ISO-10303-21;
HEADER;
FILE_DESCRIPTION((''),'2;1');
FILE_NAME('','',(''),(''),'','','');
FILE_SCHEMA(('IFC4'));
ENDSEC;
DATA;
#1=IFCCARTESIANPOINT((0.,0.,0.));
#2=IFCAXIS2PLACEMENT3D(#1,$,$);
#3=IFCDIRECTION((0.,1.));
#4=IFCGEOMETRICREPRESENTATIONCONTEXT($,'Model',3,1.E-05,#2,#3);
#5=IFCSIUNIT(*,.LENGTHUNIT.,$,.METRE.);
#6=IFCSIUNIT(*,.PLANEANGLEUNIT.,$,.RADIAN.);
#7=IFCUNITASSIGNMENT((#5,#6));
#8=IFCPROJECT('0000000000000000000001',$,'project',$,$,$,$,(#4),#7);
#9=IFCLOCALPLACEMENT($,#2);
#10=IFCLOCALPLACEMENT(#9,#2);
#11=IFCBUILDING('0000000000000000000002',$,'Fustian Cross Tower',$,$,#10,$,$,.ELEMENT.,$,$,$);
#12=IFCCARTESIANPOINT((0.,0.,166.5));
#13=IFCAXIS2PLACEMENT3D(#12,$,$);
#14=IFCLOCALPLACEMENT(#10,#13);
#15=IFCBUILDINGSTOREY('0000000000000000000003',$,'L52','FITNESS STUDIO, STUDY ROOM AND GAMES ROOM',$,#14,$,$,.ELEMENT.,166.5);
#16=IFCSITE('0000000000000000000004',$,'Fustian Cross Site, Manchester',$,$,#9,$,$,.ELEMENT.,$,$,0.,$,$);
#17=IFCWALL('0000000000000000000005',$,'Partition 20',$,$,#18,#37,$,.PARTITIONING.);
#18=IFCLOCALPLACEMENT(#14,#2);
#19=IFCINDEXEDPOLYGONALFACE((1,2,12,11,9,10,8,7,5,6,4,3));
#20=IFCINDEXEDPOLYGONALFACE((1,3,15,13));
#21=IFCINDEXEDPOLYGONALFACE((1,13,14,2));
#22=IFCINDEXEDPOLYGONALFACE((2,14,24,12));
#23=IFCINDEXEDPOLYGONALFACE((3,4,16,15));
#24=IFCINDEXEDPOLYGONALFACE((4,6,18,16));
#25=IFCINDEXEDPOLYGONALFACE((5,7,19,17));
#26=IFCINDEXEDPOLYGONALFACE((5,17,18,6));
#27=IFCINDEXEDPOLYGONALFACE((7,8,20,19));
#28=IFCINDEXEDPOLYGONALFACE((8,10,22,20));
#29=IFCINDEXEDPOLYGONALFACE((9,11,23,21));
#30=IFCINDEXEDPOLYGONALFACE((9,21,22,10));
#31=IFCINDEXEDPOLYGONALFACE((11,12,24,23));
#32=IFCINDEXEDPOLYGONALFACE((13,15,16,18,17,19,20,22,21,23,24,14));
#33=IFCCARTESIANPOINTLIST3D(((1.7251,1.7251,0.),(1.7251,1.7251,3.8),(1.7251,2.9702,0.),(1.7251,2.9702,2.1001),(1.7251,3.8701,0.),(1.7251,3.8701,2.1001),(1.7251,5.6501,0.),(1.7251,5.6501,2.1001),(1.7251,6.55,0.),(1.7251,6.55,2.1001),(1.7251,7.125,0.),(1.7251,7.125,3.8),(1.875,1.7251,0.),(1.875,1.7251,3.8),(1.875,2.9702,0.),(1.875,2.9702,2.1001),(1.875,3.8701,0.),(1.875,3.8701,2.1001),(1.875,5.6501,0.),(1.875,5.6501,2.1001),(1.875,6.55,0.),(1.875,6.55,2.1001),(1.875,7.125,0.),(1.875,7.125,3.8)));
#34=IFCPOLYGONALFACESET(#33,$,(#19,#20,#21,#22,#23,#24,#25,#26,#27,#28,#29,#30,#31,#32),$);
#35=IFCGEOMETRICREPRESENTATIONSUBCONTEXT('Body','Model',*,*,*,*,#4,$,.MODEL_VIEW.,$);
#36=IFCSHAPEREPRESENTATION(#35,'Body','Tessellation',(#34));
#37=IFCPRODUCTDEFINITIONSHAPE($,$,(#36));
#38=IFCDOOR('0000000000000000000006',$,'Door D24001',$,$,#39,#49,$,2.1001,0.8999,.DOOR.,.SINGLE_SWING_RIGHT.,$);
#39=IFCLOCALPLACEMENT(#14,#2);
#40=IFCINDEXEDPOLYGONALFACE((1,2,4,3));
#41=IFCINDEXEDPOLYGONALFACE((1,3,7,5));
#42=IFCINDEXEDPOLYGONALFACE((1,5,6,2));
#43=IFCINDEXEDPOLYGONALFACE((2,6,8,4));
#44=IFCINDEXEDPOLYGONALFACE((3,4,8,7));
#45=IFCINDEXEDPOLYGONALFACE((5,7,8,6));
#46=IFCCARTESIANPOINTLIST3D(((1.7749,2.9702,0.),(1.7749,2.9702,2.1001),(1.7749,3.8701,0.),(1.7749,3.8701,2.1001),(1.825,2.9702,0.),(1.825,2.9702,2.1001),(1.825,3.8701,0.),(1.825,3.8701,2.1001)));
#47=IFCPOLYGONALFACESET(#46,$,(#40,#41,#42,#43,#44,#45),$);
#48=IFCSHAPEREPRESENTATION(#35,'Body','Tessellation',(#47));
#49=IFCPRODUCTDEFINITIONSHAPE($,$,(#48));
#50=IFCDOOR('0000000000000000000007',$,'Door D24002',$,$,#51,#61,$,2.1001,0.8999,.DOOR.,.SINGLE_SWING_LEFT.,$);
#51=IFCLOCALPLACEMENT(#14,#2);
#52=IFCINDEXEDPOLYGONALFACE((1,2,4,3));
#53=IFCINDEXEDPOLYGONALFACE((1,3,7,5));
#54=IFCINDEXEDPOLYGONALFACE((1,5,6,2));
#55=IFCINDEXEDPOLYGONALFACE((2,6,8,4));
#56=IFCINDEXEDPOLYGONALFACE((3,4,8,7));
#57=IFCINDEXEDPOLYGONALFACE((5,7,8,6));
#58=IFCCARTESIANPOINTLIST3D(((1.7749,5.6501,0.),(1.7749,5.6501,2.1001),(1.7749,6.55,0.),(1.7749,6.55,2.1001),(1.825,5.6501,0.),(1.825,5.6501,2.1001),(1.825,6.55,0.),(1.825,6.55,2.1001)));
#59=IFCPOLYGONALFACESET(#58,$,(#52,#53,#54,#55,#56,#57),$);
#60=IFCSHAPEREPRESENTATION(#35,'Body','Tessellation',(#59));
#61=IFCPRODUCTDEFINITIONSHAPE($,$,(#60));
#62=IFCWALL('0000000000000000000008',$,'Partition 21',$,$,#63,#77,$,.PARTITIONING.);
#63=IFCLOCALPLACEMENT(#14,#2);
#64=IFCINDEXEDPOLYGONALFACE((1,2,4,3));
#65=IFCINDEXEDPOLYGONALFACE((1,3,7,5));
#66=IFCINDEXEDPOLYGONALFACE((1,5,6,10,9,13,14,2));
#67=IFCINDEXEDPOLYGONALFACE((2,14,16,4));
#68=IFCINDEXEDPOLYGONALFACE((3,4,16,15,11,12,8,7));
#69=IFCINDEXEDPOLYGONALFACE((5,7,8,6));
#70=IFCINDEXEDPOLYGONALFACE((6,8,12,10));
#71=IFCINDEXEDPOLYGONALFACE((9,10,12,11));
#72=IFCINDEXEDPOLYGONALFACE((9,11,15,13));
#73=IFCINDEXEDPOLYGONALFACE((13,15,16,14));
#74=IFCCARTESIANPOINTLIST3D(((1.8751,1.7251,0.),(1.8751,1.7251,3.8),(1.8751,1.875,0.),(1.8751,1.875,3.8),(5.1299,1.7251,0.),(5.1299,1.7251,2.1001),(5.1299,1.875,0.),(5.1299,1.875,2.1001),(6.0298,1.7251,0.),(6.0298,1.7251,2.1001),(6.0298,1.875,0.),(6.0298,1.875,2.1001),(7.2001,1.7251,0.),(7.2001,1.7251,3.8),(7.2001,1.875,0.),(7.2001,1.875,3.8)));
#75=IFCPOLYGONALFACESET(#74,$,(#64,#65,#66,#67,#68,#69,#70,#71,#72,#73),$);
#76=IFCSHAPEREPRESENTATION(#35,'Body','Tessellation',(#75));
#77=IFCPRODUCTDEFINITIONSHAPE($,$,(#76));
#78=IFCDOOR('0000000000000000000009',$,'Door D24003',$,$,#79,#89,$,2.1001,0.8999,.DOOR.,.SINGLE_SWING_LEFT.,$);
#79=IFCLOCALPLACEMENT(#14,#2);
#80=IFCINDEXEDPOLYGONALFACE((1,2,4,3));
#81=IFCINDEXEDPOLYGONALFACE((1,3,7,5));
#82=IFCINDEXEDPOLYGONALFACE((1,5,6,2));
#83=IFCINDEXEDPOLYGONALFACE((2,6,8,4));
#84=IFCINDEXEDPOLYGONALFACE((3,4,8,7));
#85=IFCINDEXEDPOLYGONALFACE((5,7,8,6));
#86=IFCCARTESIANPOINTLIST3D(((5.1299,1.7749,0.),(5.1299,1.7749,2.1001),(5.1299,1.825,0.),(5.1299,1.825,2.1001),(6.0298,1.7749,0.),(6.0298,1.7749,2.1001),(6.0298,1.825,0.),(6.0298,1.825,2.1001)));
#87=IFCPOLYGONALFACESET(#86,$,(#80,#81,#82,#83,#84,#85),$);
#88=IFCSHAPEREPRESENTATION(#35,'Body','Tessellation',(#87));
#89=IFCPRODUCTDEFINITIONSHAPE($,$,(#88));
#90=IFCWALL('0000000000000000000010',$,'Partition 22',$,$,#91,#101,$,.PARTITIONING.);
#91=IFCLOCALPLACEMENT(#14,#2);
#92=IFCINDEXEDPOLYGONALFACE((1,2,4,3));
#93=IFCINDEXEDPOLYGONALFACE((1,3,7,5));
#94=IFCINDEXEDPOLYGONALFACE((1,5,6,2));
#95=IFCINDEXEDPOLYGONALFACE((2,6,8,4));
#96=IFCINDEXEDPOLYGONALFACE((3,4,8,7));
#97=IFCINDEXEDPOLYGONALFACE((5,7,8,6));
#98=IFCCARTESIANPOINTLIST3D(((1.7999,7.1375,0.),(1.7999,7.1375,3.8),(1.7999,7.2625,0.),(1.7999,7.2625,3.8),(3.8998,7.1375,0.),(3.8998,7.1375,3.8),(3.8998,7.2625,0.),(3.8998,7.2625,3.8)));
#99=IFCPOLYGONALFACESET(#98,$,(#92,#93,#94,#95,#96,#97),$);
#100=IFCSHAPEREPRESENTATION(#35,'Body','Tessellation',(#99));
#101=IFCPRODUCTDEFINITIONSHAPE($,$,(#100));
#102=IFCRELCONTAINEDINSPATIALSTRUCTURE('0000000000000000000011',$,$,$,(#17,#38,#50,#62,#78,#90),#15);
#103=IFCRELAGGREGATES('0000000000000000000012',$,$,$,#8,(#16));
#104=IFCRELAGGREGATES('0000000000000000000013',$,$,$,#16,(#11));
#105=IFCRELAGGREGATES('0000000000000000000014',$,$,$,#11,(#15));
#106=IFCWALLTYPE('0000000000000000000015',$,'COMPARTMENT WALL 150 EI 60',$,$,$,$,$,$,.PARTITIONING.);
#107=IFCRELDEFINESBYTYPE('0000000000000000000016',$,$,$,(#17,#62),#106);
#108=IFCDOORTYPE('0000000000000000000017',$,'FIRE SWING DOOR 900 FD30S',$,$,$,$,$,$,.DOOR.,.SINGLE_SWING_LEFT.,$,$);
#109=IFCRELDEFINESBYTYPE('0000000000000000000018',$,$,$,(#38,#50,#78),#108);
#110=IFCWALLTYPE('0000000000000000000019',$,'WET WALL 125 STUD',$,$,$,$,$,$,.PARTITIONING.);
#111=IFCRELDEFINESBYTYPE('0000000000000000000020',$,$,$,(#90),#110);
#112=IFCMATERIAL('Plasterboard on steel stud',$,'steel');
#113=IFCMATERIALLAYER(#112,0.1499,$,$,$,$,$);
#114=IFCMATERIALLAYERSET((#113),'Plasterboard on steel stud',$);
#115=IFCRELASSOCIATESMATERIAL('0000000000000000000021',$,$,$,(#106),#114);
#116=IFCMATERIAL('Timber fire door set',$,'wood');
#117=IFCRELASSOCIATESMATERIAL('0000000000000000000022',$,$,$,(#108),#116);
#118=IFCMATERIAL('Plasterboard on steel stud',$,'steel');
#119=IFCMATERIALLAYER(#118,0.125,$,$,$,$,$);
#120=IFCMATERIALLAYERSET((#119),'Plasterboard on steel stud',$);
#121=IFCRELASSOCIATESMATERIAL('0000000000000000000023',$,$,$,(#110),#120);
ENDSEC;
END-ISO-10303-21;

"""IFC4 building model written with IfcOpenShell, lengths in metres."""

from ifc_helpers import new_model, si_unit, direction, frame, frame_2d, origin, place, context, subcontext, project, spatial, rectangle, extrude, material, layer, layer_set, type_object, element, fill, save


model = new_model("IFC4")

# Units and contexts
model_context = context("Model", 3, precision=1e-05, world=origin(), true_north=direction((0.0, 1.0)))
body_context = subcontext(model_context, "Body", "Model", "MODEL_VIEW")
ifc_project = project(units=[si_unit("LENGTHUNIT", "METRE"), si_unit("PLANEANGLEUNIT", "RADIAN")], contexts=[model_context])

# Site, building, storey
site_placement = place(None, origin())
site = spatial("IfcSite", under=ifc_project, at=site_placement, Name="Fustian Cross Site, Manchester", CompositionType="ELEMENT", RefElevation=0.0)
building_placement = place(site_placement, origin())
building = spatial("IfcBuilding", under=site, at=building_placement, Name="Fustian Cross Tower", CompositionType="ELEMENT")
storey_placement = place(building_placement, frame((0.0, 0.0, 166.5)))
storey = spatial("IfcBuildingStorey", under=building, at=storey_placement, Name="L52", Description="FITNESS STUDIO, STUDY ROOM AND GAMES ROOM", CompositionType="ELEMENT", Elevation=166.5)

# Shared definitions
ifc_material_1 = material(Name="Plasterboard on steel stud", Category="steel")
ifc_layer_1 = layer(ifc_material_1, 0.1499)
ifc_layer_set_1 = layer_set([ifc_layer_1], Name="Plasterboard on steel stud")
wall_type_1 = type_object("IfcWallType", Name="COMPARTMENT WALL 150 EI 60", PredefinedType="PARTITIONING", material=ifc_layer_set_1)
ifc_material_2 = material(Name="Timber fire door set", Category="wood")
door_type_1 = type_object("IfcDoorType", Name="FIRE SWING DOOR 900 FD30S", OperationType="SINGLE_SWING_LEFT", PredefinedType="DOOR", material=ifc_material_2)

# Wall, openings, doors
wall_1_placement = place(storey_placement, frame((1.8, 1.7251, 0.0), z_axis=(0.0, 0.0, 1.0), x_axis=(0.0, 1.0, 0.0)))
wall_1 = element("IfcWall", 1, at=wall_1_placement, inside=storey, type_object=wall_type_1, Name="Partition 20", PredefinedType="PARTITIONING", context=body_context, shape_type="SweptSolid", body=[
    extrude(rectangle(XDim=5.3999, YDim=0.1499, at=frame_2d((2.7, 0.0))), origin(), (0.0, 0.0, 1.0), 3.8),
])
opening_1_placement = place(wall_1_placement, frame((1.2451, 0.0, 0.0)))
opening_1 = element("IfcOpeningElement", 2, at=opening_1_placement, cuts=wall_1, PredefinedType="OPENING", context=body_context, shape_type="SweptSolid", body=[
    extrude(rectangle(XDim=0.8999, YDim=2.1001, at=frame_2d((0.45, 1.05))), frame((0.0, 0.085, 0.0), z_axis=(0.0, -1.0, 0.0), x_axis=(1.0, 0.0, 0.0)), (0.0, 0.0, 1.0), 0.1699),
])
opening_2_placement = place(wall_1_placement, frame((3.925, 0.0, 0.0)))
opening_2 = element("IfcOpeningElement", 3, at=opening_2_placement, cuts=wall_1, PredefinedType="OPENING", context=body_context, shape_type="SweptSolid", body=[
    extrude(rectangle(XDim=0.8999, YDim=2.1001, at=frame_2d((0.45, 1.05))), frame((0.0, 0.085, 0.0), z_axis=(0.0, -1.0, 0.0), x_axis=(1.0, 0.0, 0.0)), (0.0, 0.0, 1.0), 0.1699),
])
door_1_placement = place(opening_1_placement, frame((0.8999, 0.0, 0.0), z_axis=(0.0, 0.0, 1.0), x_axis=(-1.0, 0.0, 0.0)))
door_1 = element("IfcDoor", 4, at=door_1_placement, inside=storey, type_object=door_type_1, Name="Door D24001", OperationType="SINGLE_SWING_RIGHT", OverallHeight=2.1001, OverallWidth=0.8999, PredefinedType="DOOR", context=body_context, shape_type="SweptSolid", body=[
    extrude(rectangle(XDim=0.8999, YDim=2.1001, at=frame_2d((0.45, 1.05))), frame((0.0, 0.0249, 0.0), z_axis=(0.0, -1.0, 0.0), x_axis=(1.0, 0.0, 0.0)), (0.0, 0.0, 1.0), 0.05),
])
fill(opening_1, door_1)
door_2_placement = place(opening_2_placement, frame((0.8999, 0.0, 0.0), z_axis=(0.0, 0.0, 1.0), x_axis=(-1.0, 0.0, 0.0)))
door_2 = element("IfcDoor", 5, at=door_2_placement, inside=storey, type_object=door_type_1, Name="Door D24002", OperationType="SINGLE_SWING_LEFT", OverallHeight=2.1001, OverallWidth=0.8999, PredefinedType="DOOR", context=body_context, shape_type="SweptSolid", body=[
    extrude(rectangle(XDim=0.8999, YDim=2.1001, at=frame_2d((0.45, 1.05))), frame((0.0, 0.0249, 0.0), z_axis=(0.0, -1.0, 0.0), x_axis=(1.0, 0.0, 0.0)), (0.0, 0.0, 1.0), 0.05),
])
fill(opening_2, door_2)

# Wall, opening, door
wall_2_placement = place(storey_placement, frame((1.875, 1.8, 0.0), z_axis=(0.0, 0.0, 1.0), x_axis=(1.0, 0.0, 0.0)))
wall_2 = element("IfcWall", 6, at=wall_2_placement, inside=storey, type_object=wall_type_1, Name="Partition 21", PredefinedType="PARTITIONING", context=body_context, shape_type="SweptSolid", body=[
    extrude(rectangle(XDim=5.325, YDim=0.1499, at=frame_2d((2.6626, 0.0))), origin(), (0.0, 0.0, 1.0), 3.8),
])
opening_3_placement = place(wall_2_placement, frame((3.2549, 0.0, 0.0)))
opening_3 = element("IfcOpeningElement", 7, at=opening_3_placement, cuts=wall_2, PredefinedType="OPENING", context=body_context, shape_type="SweptSolid", body=[
    extrude(rectangle(XDim=0.8999, YDim=2.1001, at=frame_2d((0.45, 1.05))), frame((0.0, 0.085, 0.0), z_axis=(0.0, -1.0, 0.0), x_axis=(1.0, 0.0, 0.0)), (0.0, 0.0, 1.0), 0.1699),
])
door_3_placement = place(opening_3_placement, origin())
door_3 = element("IfcDoor", 8, at=door_3_placement, inside=storey, type_object=door_type_1, Name="Door D24003", OperationType="SINGLE_SWING_LEFT", OverallHeight=2.1001, OverallWidth=0.8999, PredefinedType="DOOR", context=body_context, shape_type="SweptSolid", body=[
    extrude(rectangle(XDim=0.8999, YDim=2.1001, at=frame_2d((0.45, 1.05))), frame((0.0, 0.0249, 0.0), z_axis=(0.0, -1.0, 0.0), x_axis=(1.0, 0.0, 0.0)), (0.0, 0.0, 1.0), 0.05),
])
fill(opening_3, door_3)

# Wall
ifc_material_3 = material(Name="Plasterboard on steel stud", Category="steel")
ifc_layer_2 = layer(ifc_material_3, 0.125)
ifc_layer_set_2 = layer_set([ifc_layer_2], Name="Plasterboard on steel stud")
wall_type_2 = type_object("IfcWallType", Name="WET WALL 125 STUD", PredefinedType="PARTITIONING", material=ifc_layer_set_2)
wall_3_placement = place(storey_placement, frame((1.8, 7.2, 0.0), z_axis=(0.0, 0.0, 1.0), x_axis=(1.0, 0.0, 0.0)))
element("IfcWall", 9, at=wall_3_placement, inside=storey, type_object=wall_type_2, Name="Partition 22", PredefinedType="PARTITIONING", context=body_context, shape_type="SweptSolid", body=[
    extrude(rectangle(XDim=2.0999, YDim=0.125, at=frame_2d((1.0498, 0.0))), origin(), (0.0, 0.0, 1.0), 3.8),
])

save(model, "model.ifc")
